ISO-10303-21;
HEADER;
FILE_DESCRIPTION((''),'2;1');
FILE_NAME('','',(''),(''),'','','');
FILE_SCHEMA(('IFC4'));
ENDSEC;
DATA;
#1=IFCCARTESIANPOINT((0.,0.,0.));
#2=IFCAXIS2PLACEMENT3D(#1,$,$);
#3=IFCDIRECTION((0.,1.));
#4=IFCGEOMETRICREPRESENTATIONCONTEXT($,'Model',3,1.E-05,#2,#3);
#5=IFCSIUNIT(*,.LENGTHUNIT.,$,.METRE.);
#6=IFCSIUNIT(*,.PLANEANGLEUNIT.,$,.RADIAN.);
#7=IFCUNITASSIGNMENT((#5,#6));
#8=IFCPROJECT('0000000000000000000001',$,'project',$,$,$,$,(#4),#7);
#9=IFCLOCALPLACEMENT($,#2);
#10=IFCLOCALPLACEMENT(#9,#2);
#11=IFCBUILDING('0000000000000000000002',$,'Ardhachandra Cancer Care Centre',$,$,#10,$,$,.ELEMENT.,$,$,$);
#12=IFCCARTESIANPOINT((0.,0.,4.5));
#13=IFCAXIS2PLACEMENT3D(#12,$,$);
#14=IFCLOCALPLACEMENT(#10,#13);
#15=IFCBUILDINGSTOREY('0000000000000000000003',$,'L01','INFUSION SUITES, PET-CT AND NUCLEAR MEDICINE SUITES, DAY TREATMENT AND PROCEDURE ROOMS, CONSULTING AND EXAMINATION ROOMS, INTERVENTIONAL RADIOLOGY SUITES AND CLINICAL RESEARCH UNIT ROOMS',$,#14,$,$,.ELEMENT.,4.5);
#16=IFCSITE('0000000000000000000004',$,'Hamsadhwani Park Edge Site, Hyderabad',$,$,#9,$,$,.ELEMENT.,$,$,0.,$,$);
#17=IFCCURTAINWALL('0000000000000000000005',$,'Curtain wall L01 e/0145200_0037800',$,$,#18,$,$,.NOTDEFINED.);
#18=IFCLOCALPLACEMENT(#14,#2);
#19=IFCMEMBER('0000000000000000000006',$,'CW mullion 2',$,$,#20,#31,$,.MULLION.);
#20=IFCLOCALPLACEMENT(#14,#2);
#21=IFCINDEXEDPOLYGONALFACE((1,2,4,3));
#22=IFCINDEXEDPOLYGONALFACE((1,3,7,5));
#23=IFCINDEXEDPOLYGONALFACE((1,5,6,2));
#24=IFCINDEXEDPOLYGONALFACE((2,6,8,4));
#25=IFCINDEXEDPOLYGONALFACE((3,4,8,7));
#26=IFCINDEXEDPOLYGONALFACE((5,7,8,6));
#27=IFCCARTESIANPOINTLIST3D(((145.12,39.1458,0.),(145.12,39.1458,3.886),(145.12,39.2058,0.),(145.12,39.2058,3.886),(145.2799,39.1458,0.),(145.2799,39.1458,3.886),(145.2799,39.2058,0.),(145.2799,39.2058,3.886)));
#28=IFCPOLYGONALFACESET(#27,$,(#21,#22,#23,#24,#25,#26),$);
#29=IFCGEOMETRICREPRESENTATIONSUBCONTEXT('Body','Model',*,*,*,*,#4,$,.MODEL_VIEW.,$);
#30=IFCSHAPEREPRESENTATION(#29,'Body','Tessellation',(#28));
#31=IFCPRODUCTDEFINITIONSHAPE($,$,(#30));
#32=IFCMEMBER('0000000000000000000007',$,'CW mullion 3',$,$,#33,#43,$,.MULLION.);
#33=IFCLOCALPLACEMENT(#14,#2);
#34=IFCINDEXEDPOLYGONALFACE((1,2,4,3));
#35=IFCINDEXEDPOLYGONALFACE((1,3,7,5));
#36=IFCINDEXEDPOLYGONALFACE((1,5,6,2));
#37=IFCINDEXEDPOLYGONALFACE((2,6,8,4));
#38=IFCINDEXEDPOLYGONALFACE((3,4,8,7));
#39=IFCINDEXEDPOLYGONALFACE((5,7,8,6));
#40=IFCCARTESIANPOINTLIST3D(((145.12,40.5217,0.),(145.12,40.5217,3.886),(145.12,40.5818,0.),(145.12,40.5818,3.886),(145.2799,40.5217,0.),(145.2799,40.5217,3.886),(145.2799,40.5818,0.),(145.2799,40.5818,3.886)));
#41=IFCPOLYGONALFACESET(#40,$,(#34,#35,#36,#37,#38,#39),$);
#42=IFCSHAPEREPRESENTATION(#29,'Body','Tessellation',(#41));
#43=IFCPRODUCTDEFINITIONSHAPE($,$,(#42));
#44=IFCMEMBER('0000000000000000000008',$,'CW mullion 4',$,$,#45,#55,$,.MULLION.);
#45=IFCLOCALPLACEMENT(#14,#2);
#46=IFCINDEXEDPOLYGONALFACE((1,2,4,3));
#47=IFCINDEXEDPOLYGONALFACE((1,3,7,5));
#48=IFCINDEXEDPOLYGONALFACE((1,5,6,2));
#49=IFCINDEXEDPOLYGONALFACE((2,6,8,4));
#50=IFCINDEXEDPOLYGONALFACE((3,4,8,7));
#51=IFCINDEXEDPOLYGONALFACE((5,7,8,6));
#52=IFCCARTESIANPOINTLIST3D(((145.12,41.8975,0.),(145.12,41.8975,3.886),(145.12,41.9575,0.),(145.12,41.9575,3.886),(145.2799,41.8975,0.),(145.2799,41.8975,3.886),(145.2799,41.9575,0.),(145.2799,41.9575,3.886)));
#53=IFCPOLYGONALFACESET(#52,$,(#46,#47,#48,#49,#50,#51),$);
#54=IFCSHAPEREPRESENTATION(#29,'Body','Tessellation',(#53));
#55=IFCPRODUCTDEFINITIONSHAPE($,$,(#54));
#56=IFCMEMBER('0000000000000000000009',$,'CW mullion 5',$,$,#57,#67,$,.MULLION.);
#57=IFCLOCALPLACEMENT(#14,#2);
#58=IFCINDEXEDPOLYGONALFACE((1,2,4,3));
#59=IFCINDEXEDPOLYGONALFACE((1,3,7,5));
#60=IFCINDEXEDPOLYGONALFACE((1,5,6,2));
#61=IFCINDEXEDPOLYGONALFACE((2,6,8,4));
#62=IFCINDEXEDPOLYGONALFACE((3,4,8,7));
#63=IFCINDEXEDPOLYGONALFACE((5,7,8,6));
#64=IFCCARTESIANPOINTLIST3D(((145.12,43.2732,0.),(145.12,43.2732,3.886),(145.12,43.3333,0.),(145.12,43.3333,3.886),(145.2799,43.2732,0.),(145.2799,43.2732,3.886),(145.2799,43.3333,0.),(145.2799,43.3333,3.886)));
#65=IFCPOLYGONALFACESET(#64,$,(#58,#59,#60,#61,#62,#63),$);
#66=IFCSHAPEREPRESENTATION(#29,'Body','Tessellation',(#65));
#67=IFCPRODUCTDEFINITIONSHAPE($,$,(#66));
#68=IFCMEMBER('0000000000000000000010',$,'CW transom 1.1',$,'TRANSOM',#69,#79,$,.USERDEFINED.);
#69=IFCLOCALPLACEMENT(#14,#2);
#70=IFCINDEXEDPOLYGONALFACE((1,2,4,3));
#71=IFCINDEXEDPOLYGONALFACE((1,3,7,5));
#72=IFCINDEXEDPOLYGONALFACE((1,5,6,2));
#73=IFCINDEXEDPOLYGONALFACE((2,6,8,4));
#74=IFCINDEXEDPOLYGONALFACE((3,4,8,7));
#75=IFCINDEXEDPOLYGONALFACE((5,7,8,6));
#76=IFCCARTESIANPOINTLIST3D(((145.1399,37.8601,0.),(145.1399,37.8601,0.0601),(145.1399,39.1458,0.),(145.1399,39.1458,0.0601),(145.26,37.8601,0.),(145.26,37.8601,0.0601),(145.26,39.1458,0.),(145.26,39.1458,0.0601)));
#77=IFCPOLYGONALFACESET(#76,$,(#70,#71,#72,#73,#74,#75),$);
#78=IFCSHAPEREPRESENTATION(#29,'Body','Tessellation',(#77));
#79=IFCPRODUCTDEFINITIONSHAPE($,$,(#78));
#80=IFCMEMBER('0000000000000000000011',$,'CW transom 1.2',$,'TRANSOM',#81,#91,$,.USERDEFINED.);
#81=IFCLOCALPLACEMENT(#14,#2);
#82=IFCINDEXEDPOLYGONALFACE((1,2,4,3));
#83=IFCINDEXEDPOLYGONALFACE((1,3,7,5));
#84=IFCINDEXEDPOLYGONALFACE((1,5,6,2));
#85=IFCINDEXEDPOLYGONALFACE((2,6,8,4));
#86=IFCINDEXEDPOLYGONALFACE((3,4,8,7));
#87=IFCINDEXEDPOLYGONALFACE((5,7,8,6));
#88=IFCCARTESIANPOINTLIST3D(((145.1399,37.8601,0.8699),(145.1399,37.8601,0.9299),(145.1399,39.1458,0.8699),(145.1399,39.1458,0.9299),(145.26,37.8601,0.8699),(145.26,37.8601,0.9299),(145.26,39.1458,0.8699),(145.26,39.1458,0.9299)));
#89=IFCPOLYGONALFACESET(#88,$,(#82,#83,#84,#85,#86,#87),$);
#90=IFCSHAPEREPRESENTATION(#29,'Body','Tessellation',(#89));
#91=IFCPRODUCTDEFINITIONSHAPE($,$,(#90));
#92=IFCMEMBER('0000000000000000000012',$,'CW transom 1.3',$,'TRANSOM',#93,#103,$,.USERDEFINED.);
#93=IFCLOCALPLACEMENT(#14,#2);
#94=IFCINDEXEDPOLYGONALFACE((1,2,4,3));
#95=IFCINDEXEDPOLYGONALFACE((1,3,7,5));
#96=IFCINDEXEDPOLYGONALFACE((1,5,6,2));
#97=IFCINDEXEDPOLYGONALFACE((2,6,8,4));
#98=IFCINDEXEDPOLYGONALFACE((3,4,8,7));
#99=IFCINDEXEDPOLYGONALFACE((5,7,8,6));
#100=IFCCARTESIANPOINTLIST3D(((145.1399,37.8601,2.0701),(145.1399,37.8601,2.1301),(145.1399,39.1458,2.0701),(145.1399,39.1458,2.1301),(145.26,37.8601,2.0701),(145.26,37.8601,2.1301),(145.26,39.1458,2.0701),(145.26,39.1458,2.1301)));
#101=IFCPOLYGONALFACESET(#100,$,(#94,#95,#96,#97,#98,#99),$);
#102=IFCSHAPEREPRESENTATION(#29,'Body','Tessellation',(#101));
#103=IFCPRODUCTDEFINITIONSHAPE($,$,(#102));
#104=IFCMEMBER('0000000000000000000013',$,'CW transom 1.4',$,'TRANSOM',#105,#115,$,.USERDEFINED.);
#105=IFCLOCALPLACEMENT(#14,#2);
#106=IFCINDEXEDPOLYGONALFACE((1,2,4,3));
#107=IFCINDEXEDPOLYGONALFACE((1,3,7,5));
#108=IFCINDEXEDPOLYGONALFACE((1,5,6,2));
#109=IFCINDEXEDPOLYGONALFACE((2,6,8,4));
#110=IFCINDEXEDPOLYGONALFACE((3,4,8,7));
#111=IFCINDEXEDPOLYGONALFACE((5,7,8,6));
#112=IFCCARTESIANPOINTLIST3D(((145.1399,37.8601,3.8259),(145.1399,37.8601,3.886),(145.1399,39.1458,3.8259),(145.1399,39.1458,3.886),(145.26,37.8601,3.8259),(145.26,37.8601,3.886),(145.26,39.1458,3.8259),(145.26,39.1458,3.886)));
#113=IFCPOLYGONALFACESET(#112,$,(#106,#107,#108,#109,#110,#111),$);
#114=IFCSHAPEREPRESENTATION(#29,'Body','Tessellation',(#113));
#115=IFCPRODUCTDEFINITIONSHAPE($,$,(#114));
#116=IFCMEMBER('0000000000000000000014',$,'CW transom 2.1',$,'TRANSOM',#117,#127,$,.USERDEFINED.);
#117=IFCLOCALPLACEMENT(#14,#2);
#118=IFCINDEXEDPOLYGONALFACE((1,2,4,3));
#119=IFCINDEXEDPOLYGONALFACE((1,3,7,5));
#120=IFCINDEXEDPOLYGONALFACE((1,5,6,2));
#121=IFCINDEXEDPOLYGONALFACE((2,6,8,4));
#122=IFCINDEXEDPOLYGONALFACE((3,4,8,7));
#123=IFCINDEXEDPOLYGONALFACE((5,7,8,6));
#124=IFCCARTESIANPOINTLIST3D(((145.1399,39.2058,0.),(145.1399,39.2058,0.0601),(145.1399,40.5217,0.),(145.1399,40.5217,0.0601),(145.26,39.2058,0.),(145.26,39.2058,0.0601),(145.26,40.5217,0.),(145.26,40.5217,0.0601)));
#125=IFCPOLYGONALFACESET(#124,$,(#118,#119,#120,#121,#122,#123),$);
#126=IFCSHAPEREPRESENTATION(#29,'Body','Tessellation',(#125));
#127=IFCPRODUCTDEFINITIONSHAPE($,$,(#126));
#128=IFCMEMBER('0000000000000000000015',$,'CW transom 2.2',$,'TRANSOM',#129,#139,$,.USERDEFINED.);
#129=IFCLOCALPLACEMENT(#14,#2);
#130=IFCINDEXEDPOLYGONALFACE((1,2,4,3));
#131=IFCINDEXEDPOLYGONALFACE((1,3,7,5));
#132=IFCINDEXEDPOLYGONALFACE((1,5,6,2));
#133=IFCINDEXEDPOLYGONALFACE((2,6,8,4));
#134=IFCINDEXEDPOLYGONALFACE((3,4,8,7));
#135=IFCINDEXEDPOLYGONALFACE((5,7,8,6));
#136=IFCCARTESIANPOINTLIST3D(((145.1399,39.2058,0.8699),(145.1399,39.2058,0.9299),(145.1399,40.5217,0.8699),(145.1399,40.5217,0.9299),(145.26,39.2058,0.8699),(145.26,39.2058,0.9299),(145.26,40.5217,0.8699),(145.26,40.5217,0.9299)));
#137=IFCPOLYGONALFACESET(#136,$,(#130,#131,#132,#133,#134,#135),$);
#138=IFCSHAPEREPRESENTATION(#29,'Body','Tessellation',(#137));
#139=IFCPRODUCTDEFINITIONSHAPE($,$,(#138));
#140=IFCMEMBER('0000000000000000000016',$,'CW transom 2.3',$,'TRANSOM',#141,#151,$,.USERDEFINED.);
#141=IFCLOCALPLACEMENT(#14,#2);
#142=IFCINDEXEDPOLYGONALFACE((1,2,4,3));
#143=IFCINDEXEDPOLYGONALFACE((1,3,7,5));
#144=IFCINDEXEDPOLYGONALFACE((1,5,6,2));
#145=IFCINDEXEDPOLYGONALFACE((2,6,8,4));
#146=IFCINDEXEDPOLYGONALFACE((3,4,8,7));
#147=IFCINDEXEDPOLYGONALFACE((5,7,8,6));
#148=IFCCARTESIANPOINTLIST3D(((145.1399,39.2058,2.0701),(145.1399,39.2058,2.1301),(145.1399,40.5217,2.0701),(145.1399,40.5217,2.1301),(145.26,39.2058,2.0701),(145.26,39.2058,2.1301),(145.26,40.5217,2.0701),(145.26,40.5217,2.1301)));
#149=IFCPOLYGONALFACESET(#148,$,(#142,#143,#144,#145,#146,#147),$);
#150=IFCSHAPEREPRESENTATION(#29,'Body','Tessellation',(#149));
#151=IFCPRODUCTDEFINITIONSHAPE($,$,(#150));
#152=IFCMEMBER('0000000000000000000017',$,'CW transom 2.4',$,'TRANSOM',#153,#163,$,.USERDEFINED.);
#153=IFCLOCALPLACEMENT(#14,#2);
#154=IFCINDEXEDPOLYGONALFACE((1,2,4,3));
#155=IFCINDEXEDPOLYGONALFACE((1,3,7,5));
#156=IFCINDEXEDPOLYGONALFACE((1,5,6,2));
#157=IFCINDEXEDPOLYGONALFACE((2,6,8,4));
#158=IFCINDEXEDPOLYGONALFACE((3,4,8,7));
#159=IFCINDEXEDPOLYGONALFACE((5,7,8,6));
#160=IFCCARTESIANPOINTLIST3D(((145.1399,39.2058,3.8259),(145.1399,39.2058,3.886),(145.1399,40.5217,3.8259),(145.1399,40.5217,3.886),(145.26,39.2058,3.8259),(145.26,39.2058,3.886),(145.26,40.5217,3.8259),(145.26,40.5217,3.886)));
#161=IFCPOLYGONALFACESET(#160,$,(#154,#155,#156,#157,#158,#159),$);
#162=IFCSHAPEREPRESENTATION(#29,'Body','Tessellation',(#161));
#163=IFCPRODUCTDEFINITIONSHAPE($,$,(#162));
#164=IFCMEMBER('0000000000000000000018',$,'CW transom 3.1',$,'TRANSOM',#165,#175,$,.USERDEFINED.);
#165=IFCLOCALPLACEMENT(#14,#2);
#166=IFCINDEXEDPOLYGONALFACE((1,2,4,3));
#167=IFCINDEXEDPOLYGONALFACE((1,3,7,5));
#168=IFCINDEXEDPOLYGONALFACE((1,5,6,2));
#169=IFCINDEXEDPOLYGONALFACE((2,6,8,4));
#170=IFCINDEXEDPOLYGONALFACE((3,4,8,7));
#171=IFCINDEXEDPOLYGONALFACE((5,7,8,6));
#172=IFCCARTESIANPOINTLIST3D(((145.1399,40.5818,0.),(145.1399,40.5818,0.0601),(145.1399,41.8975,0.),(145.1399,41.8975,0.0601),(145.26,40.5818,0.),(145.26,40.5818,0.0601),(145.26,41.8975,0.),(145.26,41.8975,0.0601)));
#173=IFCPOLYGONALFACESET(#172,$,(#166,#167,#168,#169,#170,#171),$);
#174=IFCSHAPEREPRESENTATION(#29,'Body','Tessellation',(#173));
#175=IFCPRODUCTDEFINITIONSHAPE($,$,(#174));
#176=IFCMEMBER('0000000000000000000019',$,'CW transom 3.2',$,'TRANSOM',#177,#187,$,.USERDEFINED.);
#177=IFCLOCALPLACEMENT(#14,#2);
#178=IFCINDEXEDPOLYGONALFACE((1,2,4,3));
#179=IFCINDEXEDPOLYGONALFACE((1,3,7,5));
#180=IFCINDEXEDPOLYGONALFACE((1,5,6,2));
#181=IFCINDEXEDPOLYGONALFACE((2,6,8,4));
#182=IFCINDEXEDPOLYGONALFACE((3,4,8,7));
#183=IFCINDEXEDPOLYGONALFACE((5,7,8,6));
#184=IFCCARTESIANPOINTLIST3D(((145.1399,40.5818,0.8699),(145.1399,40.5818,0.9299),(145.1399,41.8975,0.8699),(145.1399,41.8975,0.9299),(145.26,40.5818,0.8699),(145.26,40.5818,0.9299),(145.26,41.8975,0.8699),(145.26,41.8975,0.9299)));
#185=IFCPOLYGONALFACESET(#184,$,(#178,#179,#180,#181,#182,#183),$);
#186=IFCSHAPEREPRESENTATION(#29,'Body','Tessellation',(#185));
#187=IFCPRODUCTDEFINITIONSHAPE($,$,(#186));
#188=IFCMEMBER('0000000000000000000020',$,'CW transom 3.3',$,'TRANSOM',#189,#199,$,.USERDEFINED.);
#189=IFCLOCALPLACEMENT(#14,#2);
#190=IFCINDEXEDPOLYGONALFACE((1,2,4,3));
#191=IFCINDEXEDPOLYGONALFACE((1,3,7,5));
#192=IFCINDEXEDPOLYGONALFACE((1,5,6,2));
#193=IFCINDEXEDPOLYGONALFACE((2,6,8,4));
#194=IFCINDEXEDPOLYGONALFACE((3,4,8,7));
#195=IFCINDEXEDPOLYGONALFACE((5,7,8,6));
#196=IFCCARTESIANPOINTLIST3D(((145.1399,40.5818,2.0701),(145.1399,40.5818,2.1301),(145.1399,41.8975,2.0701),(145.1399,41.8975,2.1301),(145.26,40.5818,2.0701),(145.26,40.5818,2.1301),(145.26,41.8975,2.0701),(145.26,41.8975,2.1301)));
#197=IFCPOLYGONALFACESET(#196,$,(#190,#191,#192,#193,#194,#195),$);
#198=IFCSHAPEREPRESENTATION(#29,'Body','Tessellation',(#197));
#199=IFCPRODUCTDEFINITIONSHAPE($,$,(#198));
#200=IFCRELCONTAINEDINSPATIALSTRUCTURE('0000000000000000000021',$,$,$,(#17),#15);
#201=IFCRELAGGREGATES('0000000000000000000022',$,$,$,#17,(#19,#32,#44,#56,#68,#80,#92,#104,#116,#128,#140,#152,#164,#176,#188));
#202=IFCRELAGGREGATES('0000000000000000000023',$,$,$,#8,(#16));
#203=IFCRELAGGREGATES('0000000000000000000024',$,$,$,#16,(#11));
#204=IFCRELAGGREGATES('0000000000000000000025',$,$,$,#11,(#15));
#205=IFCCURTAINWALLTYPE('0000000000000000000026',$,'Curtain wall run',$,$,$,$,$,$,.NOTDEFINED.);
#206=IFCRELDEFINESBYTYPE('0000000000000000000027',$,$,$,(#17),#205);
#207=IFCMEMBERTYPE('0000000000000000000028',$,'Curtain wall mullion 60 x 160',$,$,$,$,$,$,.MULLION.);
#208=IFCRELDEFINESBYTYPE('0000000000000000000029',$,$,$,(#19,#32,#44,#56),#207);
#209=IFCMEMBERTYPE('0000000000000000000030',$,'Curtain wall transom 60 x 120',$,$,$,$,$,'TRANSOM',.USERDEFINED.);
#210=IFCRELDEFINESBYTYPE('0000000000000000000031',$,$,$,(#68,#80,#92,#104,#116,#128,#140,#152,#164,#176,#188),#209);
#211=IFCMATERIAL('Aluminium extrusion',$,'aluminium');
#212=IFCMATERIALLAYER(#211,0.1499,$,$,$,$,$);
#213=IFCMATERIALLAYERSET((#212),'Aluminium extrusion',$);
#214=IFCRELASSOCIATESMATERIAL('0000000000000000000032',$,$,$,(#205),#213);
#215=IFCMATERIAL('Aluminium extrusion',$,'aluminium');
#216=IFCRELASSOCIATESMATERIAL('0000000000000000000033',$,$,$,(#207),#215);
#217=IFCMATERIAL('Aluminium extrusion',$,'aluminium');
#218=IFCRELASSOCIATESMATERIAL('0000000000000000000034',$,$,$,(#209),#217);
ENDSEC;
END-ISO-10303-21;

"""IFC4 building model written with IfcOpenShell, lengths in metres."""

from ifc_helpers import new_model, si_unit, direction, frame, origin, origin_2d, place, context, subcontext, project, spatial, rectangle, extrude, material, layer, layer_set, material_profile, profile_set, type_object, element, aggregate, save


model = new_model("IFC4")

# Units and contexts
model_context = context("Model", 3, precision=1e-05, world=origin(), true_north=direction((0.0, 1.0)))
body_context = subcontext(model_context, "Body", "Model", "MODEL_VIEW")
ifc_project = project(units=[si_unit("LENGTHUNIT", "METRE"), si_unit("PLANEANGLEUNIT", "RADIAN")], contexts=[model_context])

# Site, building, storey
site_placement = place(None, origin())
site = spatial("IfcSite", under=ifc_project, at=site_placement, Name="Hamsadhwani Park Edge Site, Hyderabad", CompositionType="ELEMENT", RefElevation=0.0)
building_placement = place(site_placement, origin())
building = spatial("IfcBuilding", under=site, at=building_placement, Name="Ardhachandra Cancer Care Centre", CompositionType="ELEMENT")
storey_placement = place(building_placement, frame((0.0, 0.0, 4.5)))
storey = spatial("IfcBuildingStorey", under=building, at=storey_placement, Name="L01", Description="INFUSION SUITES, PET-CT AND NUCLEAR MEDICINE SUITES, DAY TREATMENT AND PROCEDURE ROOMS, CONSULTING AND EXAMINATION ROOMS, INTERVENTIONAL RADIOLOGY SUITES AND CLINICAL RESEARCH UNIT ROOMS", CompositionType="ELEMENT", Elevation=4.5)

# Curtain wall, members
ifc_material_1 = material(Name="Aluminium extrusion", Category="aluminium")
ifc_layer_1 = layer(ifc_material_1, 0.1499)
ifc_layer_set_1 = layer_set([ifc_layer_1], Name="Aluminium extrusion")
curtain_wall_type = type_object("IfcCurtainWallType", Name="Curtain wall run", PredefinedType="NOTDEFINED", material=ifc_layer_set_1)
curtain_wall_placement = place(storey_placement, origin())
curtain_wall = element("IfcCurtainWall", 1, at=curtain_wall_placement, inside=storey, type_object=curtain_wall_type, Name="Curtain wall L01 e/0145200_0037800", PredefinedType="NOTDEFINED")
ifc_material_2 = material(Name="Aluminium extrusion", Category="aluminium")
ifc_material_profile_1 = material_profile(ifc_material_2, rectangle(XDim=0.1599, YDim=0.0601, at=origin_2d()), Name="Curtain wall mullion 60 x 160")
ifc_profile_set_1 = profile_set([ifc_material_profile_1], Name="Aluminium extrusion")
member_type_1 = type_object("IfcMemberType", Name="Curtain wall mullion 60 x 160", PredefinedType="MULLION", material=ifc_profile_set_1)
member_1_placement = place(storey_placement, frame((145.2, 39.1758, 0.0), z_axis=(0.0, 0.0, 1.0), x_axis=(-1.0, 0.0, 0.0)))
member_1 = element("IfcMember", 2, at=member_1_placement, type_object=member_type_1, Name="CW mullion 2", PredefinedType="MULLION", context=body_context, shape_type="SweptSolid", body=[
    extrude(rectangle(XDim=0.1599, YDim=0.0601, at=origin_2d()), origin(), (0.0, 0.0, 1.0), 3.886),
])
member_2_placement = place(storey_placement, frame((145.2, 40.5518, 0.0), z_axis=(0.0, 0.0, 1.0), x_axis=(-1.0, 0.0, 0.0)))
member_2 = element("IfcMember", 3, at=member_2_placement, type_object=member_type_1, Name="CW mullion 3", PredefinedType="MULLION", context=body_context, shape_type="SweptSolid", body=[
    extrude(rectangle(XDim=0.1599, YDim=0.0601, at=origin_2d()), origin(), (0.0, 0.0, 1.0), 3.886),
])
member_3_placement = place(storey_placement, frame((145.2, 41.9275, 0.0), z_axis=(0.0, 0.0, 1.0), x_axis=(-1.0, 0.0, 0.0)))
member_3 = element("IfcMember", 4, at=member_3_placement, type_object=member_type_1, Name="CW mullion 4", PredefinedType="MULLION", context=body_context, shape_type="SweptSolid", body=[
    extrude(rectangle(XDim=0.1599, YDim=0.0601, at=origin_2d()), origin(), (0.0, 0.0, 1.0), 3.886),
])
member_4_placement = place(storey_placement, frame((145.2, 43.3032, 0.0), z_axis=(0.0, 0.0, 1.0), x_axis=(-1.0, 0.0, 0.0)))
member_4 = element("IfcMember", 5, at=member_4_placement, type_object=member_type_1, Name="CW mullion 5", PredefinedType="MULLION", context=body_context, shape_type="SweptSolid", body=[
    extrude(rectangle(XDim=0.1599, YDim=0.0601, at=origin_2d()), origin(), (0.0, 0.0, 1.0), 3.886),
])
ifc_material_3 = material(Name="Aluminium extrusion", Category="aluminium")
ifc_material_profile_2 = material_profile(ifc_material_3, rectangle(XDim=0.1201, YDim=0.0601, at=origin_2d()), Name="Curtain wall transom 60 x 120")
ifc_profile_set_2 = profile_set([ifc_material_profile_2], Name="Aluminium extrusion")
member_type_2 = type_object("IfcMemberType", Name="Curtain wall transom 60 x 120", ElementType="TRANSOM", PredefinedType="USERDEFINED", material=ifc_profile_set_2)
member_5_placement = place(storey_placement, frame((145.2, 37.8601, 0.03), z_axis=(0.0, 1.0, 0.0), x_axis=(-1.0, 0.0, 0.0)))
member_5 = element("IfcMember", 6, at=member_5_placement, type_object=member_type_2, Name="CW transom 1.1", ObjectType="TRANSOM", PredefinedType="USERDEFINED", context=body_context, shape_type="SweptSolid", body=[
    extrude(rectangle(XDim=0.1201, YDim=0.0601, at=origin_2d()), origin(), (0.0, 0.0, 1.0), 1.2856),
])
member_6_placement = place(storey_placement, frame((145.2, 37.8601, 0.8999), z_axis=(0.0, 1.0, 0.0), x_axis=(-1.0, 0.0, 0.0)))
member_6 = element("IfcMember", 7, at=member_6_placement, type_object=member_type_2, Name="CW transom 1.2", ObjectType="TRANSOM", PredefinedType="USERDEFINED", context=body_context, shape_type="SweptSolid", body=[
    extrude(rectangle(XDim=0.1201, YDim=0.0601, at=origin_2d()), origin(), (0.0, 0.0, 1.0), 1.2856),
])
member_7_placement = place(storey_placement, frame((145.2, 37.8601, 2.1001), z_axis=(0.0, 1.0, 0.0), x_axis=(-1.0, 0.0, 0.0)))
member_7 = element("IfcMember", 8, at=member_7_placement, type_object=member_type_2, Name="CW transom 1.3", ObjectType="TRANSOM", PredefinedType="USERDEFINED", context=body_context, shape_type="SweptSolid", body=[
    extrude(rectangle(XDim=0.1201, YDim=0.0601, at=origin_2d()), origin(), (0.0, 0.0, 1.0), 1.2856),
])
member_8_placement = place(storey_placement, frame((145.2, 37.8601, 3.856), z_axis=(0.0, 1.0, 0.0), x_axis=(-1.0, 0.0, 0.0)))
member_8 = element("IfcMember", 9, at=member_8_placement, type_object=member_type_2, Name="CW transom 1.4", ObjectType="TRANSOM", PredefinedType="USERDEFINED", context=body_context, shape_type="SweptSolid", body=[
    extrude(rectangle(XDim=0.1201, YDim=0.0601, at=origin_2d()), origin(), (0.0, 0.0, 1.0), 1.2856),
])
member_9_placement = place(storey_placement, frame((145.2, 39.2058, 0.03), z_axis=(0.0, 1.0, 0.0), x_axis=(-1.0, 0.0, 0.0)))
member_9 = element("IfcMember", 10, at=member_9_placement, type_object=member_type_2, Name="CW transom 2.1", ObjectType="TRANSOM", PredefinedType="USERDEFINED", context=body_context, shape_type="SweptSolid", body=[
    extrude(rectangle(XDim=0.1201, YDim=0.0601, at=origin_2d()), origin(), (0.0, 0.0, 1.0), 1.3159),
])
member_10_placement = place(storey_placement, frame((145.2, 39.2058, 0.8999), z_axis=(0.0, 1.0, 0.0), x_axis=(-1.0, 0.0, 0.0)))
member_10 = element("IfcMember", 11, at=member_10_placement, type_object=member_type_2, Name="CW transom 2.2", ObjectType="TRANSOM", PredefinedType="USERDEFINED", context=body_context, shape_type="SweptSolid", body=[
    extrude(rectangle(XDim=0.1201, YDim=0.0601, at=origin_2d()), origin(), (0.0, 0.0, 1.0), 1.3159),
])
member_11_placement = place(storey_placement, frame((145.2, 39.2058, 2.1001), z_axis=(0.0, 1.0, 0.0), x_axis=(-1.0, 0.0, 0.0)))
member_11 = element("IfcMember", 12, at=member_11_placement, type_object=member_type_2, Name="CW transom 2.3", ObjectType="TRANSOM", PredefinedType="USERDEFINED", context=body_context, shape_type="SweptSolid", body=[
    extrude(rectangle(XDim=0.1201, YDim=0.0601, at=origin_2d()), origin(), (0.0, 0.0, 1.0), 1.3159),
])
member_12_placement = place(storey_placement, frame((145.2, 39.2058, 3.856), z_axis=(0.0, 1.0, 0.0), x_axis=(-1.0, 0.0, 0.0)))
member_12 = element("IfcMember", 13, at=member_12_placement, type_object=member_type_2, Name="CW transom 2.4", ObjectType="TRANSOM", PredefinedType="USERDEFINED", context=body_context, shape_type="SweptSolid", body=[
    extrude(rectangle(XDim=0.1201, YDim=0.0601, at=origin_2d()), origin(), (0.0, 0.0, 1.0), 1.3159),
])
member_13_placement = place(storey_placement, frame((145.2, 40.5818, 0.03), z_axis=(0.0, 1.0, 0.0), x_axis=(-1.0, 0.0, 0.0)))
member_13 = element("IfcMember", 14, at=member_13_placement, type_object=member_type_2, Name="CW transom 3.1", ObjectType="TRANSOM", PredefinedType="USERDEFINED", context=body_context, shape_type="SweptSolid", body=[
    extrude(rectangle(XDim=0.1201, YDim=0.0601, at=origin_2d()), origin(), (0.0, 0.0, 1.0), 1.3157),
])
member_14_placement = place(storey_placement, frame((145.2, 40.5818, 0.8999), z_axis=(0.0, 1.0, 0.0), x_axis=(-1.0, 0.0, 0.0)))
member_14 = element("IfcMember", 15, at=member_14_placement, type_object=member_type_2, Name="CW transom 3.2", ObjectType="TRANSOM", PredefinedType="USERDEFINED", context=body_context, shape_type="SweptSolid", body=[
    extrude(rectangle(XDim=0.1201, YDim=0.0601, at=origin_2d()), origin(), (0.0, 0.0, 1.0), 1.3157),
])
member_15_placement = place(storey_placement, frame((145.2, 40.5818, 2.1001), z_axis=(0.0, 1.0, 0.0), x_axis=(-1.0, 0.0, 0.0)))
member_15 = element("IfcMember", 16, at=member_15_placement, type_object=member_type_2, Name="CW transom 3.3", ObjectType="TRANSOM", PredefinedType="USERDEFINED", context=body_context, shape_type="SweptSolid", body=[
    extrude(rectangle(XDim=0.1201, YDim=0.0601, at=origin_2d()), origin(), (0.0, 0.0, 1.0), 1.3157),
])
aggregate(curtain_wall, [member_1, member_2, member_3, member_4, member_5, member_6, member_7, member_8, member_9, member_10, member_11, member_12, member_13, member_14, member_15])

save(model, "model.ifc")
